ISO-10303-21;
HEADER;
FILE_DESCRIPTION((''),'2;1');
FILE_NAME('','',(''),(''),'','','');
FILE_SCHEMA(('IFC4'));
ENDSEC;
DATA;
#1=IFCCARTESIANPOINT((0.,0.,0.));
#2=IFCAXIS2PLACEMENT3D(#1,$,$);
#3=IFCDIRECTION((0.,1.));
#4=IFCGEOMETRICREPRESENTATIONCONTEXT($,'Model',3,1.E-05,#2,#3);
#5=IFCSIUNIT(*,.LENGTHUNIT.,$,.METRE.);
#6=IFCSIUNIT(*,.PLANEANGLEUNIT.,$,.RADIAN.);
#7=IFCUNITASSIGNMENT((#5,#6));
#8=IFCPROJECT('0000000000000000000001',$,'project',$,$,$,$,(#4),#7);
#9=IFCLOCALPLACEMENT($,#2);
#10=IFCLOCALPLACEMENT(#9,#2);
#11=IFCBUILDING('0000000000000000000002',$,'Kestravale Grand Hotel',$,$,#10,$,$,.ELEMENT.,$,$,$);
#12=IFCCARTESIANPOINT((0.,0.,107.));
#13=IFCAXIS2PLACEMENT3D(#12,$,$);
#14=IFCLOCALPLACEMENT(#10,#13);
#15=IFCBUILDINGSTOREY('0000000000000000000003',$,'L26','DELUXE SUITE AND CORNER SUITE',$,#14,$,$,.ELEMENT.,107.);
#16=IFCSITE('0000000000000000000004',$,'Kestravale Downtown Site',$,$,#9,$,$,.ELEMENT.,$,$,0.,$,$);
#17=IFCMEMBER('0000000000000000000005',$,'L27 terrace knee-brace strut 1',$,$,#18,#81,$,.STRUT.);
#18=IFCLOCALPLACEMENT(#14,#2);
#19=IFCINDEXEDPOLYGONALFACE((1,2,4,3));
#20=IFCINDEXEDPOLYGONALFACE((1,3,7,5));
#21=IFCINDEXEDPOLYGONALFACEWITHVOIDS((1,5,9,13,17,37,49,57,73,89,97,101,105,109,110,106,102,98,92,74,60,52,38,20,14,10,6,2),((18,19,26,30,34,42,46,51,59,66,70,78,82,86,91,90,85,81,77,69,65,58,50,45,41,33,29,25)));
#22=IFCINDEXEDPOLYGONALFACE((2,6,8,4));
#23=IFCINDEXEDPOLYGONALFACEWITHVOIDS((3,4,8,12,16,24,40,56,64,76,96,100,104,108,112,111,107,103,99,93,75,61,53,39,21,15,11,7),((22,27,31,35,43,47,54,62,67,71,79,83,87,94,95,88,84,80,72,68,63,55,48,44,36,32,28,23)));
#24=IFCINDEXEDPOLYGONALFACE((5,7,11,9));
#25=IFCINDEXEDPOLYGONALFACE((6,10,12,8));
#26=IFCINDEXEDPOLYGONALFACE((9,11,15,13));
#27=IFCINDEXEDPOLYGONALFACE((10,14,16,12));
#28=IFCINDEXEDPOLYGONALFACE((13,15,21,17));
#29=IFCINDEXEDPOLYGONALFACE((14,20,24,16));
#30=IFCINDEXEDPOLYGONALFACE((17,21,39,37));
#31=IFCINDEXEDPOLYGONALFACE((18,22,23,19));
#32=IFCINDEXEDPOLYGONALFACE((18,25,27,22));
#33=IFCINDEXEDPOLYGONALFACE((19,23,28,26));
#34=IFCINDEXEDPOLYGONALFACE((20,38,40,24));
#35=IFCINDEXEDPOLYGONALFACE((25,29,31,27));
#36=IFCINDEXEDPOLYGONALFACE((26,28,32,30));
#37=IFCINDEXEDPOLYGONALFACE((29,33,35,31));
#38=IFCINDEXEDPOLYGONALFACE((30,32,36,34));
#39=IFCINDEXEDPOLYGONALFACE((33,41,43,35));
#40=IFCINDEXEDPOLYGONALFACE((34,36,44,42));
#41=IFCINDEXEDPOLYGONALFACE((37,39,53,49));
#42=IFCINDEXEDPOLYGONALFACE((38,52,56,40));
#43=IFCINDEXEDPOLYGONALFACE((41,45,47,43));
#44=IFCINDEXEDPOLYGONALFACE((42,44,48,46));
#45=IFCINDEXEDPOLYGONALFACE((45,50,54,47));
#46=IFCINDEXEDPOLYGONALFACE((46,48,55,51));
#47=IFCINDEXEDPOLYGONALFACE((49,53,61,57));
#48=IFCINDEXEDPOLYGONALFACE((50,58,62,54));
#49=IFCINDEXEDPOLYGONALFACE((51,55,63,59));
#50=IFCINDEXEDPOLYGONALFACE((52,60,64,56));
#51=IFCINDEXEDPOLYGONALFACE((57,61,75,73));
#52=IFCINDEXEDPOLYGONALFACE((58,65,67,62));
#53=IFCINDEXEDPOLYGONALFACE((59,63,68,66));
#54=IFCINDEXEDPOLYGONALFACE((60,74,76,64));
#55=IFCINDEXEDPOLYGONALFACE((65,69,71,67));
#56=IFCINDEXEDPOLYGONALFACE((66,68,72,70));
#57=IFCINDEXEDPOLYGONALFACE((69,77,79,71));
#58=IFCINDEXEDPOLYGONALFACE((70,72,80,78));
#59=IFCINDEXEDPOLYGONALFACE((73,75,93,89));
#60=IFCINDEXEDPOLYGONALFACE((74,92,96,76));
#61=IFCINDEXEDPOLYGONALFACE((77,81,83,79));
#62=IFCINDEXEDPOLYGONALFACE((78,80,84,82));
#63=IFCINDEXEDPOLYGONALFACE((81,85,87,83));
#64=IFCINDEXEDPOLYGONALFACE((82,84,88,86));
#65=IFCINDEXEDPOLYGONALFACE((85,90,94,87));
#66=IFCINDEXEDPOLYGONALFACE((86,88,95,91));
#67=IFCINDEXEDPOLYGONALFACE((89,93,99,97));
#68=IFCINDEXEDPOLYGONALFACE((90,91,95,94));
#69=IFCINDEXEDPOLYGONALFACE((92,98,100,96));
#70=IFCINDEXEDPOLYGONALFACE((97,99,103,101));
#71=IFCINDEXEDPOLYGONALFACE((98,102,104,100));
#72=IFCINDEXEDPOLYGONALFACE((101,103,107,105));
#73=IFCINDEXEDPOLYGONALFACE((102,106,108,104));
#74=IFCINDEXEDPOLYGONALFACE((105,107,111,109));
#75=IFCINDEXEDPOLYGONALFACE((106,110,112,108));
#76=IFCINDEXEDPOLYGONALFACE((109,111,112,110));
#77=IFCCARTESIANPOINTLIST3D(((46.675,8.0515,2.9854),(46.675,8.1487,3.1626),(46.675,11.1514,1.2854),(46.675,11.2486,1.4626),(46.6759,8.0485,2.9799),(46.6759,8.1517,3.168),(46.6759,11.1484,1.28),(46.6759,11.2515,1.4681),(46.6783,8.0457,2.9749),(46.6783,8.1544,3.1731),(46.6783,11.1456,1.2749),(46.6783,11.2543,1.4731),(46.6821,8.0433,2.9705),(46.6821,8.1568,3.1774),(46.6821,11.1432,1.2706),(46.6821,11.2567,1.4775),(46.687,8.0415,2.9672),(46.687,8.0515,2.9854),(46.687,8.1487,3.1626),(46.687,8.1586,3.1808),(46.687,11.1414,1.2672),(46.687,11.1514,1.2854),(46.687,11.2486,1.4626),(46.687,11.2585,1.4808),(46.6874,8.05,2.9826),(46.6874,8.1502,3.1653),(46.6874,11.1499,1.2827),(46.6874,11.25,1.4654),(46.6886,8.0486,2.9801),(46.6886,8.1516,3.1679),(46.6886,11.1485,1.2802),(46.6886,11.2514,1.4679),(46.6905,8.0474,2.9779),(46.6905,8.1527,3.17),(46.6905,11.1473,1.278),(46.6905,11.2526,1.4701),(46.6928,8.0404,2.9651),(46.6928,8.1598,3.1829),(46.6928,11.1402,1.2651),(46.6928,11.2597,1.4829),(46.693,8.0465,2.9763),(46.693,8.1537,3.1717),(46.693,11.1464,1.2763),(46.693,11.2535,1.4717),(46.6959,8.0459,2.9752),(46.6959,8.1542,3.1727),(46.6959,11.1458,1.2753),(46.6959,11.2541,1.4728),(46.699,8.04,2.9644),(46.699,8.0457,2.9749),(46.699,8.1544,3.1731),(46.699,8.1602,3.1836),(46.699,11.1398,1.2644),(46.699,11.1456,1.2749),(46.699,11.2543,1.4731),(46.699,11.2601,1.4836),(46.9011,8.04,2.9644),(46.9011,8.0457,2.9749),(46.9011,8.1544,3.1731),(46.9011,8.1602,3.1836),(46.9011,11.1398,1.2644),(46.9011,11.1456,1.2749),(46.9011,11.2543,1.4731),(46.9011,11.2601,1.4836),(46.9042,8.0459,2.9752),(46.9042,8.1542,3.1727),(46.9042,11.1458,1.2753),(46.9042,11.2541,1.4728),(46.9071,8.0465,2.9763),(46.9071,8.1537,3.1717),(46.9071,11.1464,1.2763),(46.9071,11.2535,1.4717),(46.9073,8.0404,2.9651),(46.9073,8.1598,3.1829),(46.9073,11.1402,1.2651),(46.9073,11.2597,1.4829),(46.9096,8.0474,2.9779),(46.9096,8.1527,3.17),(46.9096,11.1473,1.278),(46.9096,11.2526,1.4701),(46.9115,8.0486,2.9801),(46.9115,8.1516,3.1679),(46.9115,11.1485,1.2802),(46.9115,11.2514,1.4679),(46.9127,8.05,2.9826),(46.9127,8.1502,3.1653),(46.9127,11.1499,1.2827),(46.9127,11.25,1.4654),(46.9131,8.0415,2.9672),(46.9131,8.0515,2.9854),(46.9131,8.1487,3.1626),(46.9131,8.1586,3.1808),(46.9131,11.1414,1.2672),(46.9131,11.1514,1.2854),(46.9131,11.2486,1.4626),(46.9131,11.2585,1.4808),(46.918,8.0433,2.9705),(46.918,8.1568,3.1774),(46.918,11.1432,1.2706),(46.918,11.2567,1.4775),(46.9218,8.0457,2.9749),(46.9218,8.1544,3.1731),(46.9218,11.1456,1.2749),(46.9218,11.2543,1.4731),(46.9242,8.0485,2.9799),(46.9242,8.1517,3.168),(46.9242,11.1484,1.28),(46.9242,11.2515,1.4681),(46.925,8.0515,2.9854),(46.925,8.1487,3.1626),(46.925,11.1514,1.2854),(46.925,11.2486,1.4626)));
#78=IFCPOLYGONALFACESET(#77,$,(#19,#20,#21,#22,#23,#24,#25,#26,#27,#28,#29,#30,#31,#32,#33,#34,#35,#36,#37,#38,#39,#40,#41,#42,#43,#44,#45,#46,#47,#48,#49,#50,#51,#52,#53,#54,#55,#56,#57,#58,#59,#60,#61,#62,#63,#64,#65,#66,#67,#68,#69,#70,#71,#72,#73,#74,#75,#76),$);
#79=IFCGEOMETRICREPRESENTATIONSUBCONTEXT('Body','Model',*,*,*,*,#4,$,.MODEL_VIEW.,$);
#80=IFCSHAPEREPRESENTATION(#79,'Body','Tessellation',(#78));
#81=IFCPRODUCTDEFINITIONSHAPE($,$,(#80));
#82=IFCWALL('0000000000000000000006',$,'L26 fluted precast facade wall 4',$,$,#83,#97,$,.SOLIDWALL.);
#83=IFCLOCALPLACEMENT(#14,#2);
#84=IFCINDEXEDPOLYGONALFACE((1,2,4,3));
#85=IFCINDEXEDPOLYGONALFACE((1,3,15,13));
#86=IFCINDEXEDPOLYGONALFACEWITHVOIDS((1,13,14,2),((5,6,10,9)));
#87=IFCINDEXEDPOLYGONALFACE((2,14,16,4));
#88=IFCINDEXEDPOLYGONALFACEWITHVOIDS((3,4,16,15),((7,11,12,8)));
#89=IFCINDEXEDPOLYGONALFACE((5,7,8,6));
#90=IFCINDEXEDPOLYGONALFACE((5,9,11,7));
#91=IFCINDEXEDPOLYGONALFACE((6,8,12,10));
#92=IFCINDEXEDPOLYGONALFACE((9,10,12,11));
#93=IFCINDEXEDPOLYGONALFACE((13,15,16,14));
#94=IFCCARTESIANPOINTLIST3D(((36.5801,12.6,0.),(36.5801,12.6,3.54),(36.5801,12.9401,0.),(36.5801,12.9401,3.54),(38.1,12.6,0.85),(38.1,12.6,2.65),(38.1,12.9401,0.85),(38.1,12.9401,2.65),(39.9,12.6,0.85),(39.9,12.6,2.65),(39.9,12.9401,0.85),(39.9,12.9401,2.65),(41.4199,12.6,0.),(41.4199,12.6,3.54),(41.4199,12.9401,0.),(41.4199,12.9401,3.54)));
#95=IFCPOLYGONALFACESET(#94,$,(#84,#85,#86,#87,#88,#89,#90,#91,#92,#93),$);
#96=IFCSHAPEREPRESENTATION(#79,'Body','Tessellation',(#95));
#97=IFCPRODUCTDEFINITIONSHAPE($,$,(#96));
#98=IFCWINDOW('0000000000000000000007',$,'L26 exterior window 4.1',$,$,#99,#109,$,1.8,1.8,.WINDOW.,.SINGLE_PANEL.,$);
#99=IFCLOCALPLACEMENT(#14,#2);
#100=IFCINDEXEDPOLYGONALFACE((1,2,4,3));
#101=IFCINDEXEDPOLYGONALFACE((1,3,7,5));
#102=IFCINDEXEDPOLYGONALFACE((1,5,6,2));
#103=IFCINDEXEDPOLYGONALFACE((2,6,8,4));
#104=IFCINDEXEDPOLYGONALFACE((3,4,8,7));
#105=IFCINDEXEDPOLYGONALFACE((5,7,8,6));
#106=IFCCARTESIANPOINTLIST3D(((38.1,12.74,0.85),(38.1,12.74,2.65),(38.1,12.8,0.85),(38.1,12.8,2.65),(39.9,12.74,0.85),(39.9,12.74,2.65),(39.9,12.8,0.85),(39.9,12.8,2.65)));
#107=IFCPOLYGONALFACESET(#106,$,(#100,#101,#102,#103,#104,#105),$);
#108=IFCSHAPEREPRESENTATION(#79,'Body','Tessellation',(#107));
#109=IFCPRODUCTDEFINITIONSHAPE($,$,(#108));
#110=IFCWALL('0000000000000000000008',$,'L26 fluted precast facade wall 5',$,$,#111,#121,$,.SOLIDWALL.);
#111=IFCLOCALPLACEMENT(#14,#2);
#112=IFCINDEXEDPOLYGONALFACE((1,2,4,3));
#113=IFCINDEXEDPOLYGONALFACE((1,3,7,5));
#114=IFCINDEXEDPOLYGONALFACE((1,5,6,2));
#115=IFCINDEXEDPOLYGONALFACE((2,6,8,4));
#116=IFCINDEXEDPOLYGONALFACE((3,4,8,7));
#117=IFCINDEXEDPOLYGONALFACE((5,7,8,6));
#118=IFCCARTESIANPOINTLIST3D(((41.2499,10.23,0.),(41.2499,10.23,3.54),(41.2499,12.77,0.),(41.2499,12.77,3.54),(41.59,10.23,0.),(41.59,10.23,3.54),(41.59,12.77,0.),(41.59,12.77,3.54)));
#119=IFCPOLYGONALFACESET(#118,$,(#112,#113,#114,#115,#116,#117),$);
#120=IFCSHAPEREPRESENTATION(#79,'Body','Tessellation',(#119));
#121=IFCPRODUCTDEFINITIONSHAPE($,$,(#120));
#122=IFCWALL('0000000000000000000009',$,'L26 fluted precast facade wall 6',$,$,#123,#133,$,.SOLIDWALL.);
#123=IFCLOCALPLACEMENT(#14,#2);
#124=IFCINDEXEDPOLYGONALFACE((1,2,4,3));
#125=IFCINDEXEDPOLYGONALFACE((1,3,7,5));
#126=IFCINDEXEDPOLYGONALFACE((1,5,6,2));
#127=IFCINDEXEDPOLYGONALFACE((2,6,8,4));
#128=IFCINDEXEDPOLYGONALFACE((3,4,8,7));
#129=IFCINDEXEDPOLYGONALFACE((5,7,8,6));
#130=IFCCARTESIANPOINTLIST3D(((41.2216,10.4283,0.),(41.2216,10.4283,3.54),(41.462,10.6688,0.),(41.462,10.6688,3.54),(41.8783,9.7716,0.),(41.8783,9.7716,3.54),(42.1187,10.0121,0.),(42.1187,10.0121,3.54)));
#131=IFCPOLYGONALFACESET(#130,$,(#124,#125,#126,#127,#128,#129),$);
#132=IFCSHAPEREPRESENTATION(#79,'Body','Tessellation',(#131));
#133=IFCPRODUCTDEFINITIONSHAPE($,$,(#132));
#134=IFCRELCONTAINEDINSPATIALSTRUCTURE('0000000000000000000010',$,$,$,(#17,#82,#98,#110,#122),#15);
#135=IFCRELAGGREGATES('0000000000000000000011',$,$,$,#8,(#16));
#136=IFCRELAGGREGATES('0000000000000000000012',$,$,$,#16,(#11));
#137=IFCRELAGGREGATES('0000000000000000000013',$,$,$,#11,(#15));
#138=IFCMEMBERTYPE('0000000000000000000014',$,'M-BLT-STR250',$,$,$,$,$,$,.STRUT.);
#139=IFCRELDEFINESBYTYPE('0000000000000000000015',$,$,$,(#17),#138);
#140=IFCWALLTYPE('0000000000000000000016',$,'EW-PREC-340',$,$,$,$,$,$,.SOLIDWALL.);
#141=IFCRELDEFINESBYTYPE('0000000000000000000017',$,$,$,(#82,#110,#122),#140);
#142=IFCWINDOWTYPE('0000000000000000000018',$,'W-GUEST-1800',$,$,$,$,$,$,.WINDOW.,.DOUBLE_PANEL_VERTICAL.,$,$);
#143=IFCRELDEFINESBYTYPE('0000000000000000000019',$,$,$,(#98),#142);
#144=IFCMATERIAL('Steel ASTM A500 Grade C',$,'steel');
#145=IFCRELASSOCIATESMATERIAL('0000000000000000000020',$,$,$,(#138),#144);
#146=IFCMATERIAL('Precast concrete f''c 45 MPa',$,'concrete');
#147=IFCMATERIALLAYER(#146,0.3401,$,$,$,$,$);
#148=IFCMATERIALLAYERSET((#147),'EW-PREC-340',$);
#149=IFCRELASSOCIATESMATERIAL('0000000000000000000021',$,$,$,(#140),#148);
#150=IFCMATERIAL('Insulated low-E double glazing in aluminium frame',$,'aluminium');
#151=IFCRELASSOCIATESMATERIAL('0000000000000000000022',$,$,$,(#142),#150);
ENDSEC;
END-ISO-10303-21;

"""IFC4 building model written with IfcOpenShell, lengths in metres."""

from ifc_helpers import new_model, si_unit, direction, frame, frame_2d, origin, origin_2d, place, context, subcontext, project, spatial, rectangle, hollow_rectangle, extrude, material, layer, layer_set, material_profile, profile_set, type_object, element, fill, save


model = new_model("IFC4")

# Units and contexts
model_context = context("Model", 3, precision=1e-05, world=origin(), true_north=direction((0.0, 1.0)))
body_context = subcontext(model_context, "Body", "Model", "MODEL_VIEW")
ifc_project = project(units=[si_unit("LENGTHUNIT", "METRE"), si_unit("PLANEANGLEUNIT", "RADIAN")], contexts=[model_context])

# Site, building, storey
site_placement = place(None, origin())
site = spatial("IfcSite", under=ifc_project, at=site_placement, Name="Kestravale Downtown Site", CompositionType="ELEMENT", RefElevation=0.0)
building_placement = place(site_placement, origin())
building = spatial("IfcBuilding", under=site, at=building_placement, Name="Kestravale Grand Hotel", CompositionType="ELEMENT")
storey_placement = place(building_placement, frame((0.0, 0.0, 107.0)))
storey = spatial("IfcBuildingStorey", under=building, at=storey_placement, Name="L26", Description="DELUXE SUITE AND CORNER SUITE", CompositionType="ELEMENT", Elevation=107.0)

# Member
ifc_material_1 = material(Name="Steel ASTM A500 Grade C", Category="steel")
ifc_material_profile_1 = material_profile(ifc_material_1, hollow_rectangle(XDim=0.25, YDim=0.25, WallThickness=0.012, InnerFilletRadius=0.012, OuterFilletRadius=0.0239, at=origin_2d()))
ifc_profile_set_1 = profile_set([ifc_material_profile_1], Name="Steel ASTM A500 Grade C")
member_type = type_object("IfcMemberType", Name="M-BLT-STR250", PredefinedType="STRUT", material=ifc_profile_set_1)
member_placement = place(storey_placement, frame((46.8, 11.2, 1.374), z_axis=(0.0, -0.876809, 0.480839), x_axis=(1.0, 0.0, 0.0)))
element("IfcMember", 1, at=member_placement, inside=storey, type_object=member_type, Name="L27 terrace knee-brace strut 1", PredefinedType="STRUT", context=body_context, shape_type="SweptSolid", body=[
    extrude(hollow_rectangle(XDim=0.25, YDim=0.25, WallThickness=0.012, InnerFilletRadius=0.012, OuterFilletRadius=0.0239, at=origin_2d()), origin(), (0.0, 0.0, 1.0), 3.5354),
])

# Wall, opening, window
ifc_material_2 = material(Name="Precast concrete f'c 45 MPa", Category="concrete")
ifc_layer_1 = layer(ifc_material_2, 0.3401)
ifc_layer_set_1 = layer_set([ifc_layer_1], Name="EW-PREC-340")
wall_type_1 = type_object("IfcWallType", Name="EW-PREC-340", PredefinedType="SOLIDWALL", material=ifc_layer_set_1)
wall_1_placement = place(storey_placement, frame((36.5801, 12.77, 0.0), z_axis=(0.0, 0.0, 1.0), x_axis=(1.0, 0.0, 0.0)))
wall_1 = element("IfcWall", 2, at=wall_1_placement, inside=storey, type_object=wall_type_1, Name="L26 fluted precast facade wall 4", PredefinedType="SOLIDWALL", context=body_context, shape_type="SweptSolid", body=[
    extrude(rectangle(XDim=4.8398, YDim=0.3401, at=frame_2d((2.4199, 0.0))), origin(), (0.0, 0.0, 1.0), 3.54),
])
opening_1_placement = place(wall_1_placement, frame((1.52, 0.0, 0.8501)))
opening_1 = element("IfcOpeningElement", 3, at=opening_1_placement, cuts=wall_1, PredefinedType="OPENING", context=body_context, shape_type="SweptSolid", body=[
    extrude(rectangle(XDim=1.8, YDim=1.8, at=frame_2d((0.8999, 0.8999))), frame((0.0, 0.1799, 0.0), z_axis=(0.0, -1.0, 0.0), x_axis=(1.0, 0.0, 0.0)), (0.0, 0.0, 1.0), 0.3601),
])
ifc_material_3 = material(Name="Insulated low-E double glazing in aluminium frame", Category="aluminium")
window_type = type_object("IfcWindowType", Name="W-GUEST-1800", PartitioningType="DOUBLE_PANEL_VERTICAL", PredefinedType="WINDOW", material=ifc_material_3)
window_1_placement = place(opening_1_placement, origin())
window_1 = element("IfcWindow", 4, at=window_1_placement, inside=storey, type_object=window_type, Name="L26 exterior window 4.1", OverallHeight=1.8, OverallWidth=1.8, PartitioningType="SINGLE_PANEL", PredefinedType="WINDOW", context=body_context, shape_type="SweptSolid", body=[
    extrude(rectangle(XDim=1.8, YDim=1.8, at=frame_2d((0.8999, 0.8999))), frame((0.0, 0.03, 0.0), z_axis=(0.0, -1.0, 0.0), x_axis=(1.0, 0.0, 0.0)), (0.0, 0.0, 1.0), 0.0601),
])
fill(opening_1, window_1)

# Walls
wall_2_placement = place(storey_placement, frame((41.4199, 12.77, 0.0), z_axis=(0.0, 0.0, 1.0), x_axis=(0.0, -1.0, 0.0)))
element("IfcWall", 5, at=wall_2_placement, inside=storey, type_object=wall_type_1, Name="L26 fluted precast facade wall 5", PredefinedType="SOLIDWALL", context=body_context, shape_type="SweptSolid", body=[
    extrude(rectangle(XDim=2.54, YDim=0.3401, at=frame_2d((1.27, 0.0))), origin(), (0.0, 0.0, 1.0), 3.54),
])
wall_3_placement = place(storey_placement, frame((41.3418, 10.5486, 0.0), z_axis=(0.0, 0.0, 1.0), x_axis=(0.707107, -0.707107, 0.0)))
element("IfcWall", 6, at=wall_3_placement, inside=storey, type_object=wall_type_1, Name="L26 fluted precast facade wall 6", PredefinedType="SOLIDWALL", context=body_context, shape_type="SweptSolid", body=[
    extrude(rectangle(XDim=0.9287, YDim=0.3401, at=frame_2d((0.4644, 0.0))), origin(), (0.0, 0.0, 1.0), 3.54),
])

save(model, "model.ifc")
